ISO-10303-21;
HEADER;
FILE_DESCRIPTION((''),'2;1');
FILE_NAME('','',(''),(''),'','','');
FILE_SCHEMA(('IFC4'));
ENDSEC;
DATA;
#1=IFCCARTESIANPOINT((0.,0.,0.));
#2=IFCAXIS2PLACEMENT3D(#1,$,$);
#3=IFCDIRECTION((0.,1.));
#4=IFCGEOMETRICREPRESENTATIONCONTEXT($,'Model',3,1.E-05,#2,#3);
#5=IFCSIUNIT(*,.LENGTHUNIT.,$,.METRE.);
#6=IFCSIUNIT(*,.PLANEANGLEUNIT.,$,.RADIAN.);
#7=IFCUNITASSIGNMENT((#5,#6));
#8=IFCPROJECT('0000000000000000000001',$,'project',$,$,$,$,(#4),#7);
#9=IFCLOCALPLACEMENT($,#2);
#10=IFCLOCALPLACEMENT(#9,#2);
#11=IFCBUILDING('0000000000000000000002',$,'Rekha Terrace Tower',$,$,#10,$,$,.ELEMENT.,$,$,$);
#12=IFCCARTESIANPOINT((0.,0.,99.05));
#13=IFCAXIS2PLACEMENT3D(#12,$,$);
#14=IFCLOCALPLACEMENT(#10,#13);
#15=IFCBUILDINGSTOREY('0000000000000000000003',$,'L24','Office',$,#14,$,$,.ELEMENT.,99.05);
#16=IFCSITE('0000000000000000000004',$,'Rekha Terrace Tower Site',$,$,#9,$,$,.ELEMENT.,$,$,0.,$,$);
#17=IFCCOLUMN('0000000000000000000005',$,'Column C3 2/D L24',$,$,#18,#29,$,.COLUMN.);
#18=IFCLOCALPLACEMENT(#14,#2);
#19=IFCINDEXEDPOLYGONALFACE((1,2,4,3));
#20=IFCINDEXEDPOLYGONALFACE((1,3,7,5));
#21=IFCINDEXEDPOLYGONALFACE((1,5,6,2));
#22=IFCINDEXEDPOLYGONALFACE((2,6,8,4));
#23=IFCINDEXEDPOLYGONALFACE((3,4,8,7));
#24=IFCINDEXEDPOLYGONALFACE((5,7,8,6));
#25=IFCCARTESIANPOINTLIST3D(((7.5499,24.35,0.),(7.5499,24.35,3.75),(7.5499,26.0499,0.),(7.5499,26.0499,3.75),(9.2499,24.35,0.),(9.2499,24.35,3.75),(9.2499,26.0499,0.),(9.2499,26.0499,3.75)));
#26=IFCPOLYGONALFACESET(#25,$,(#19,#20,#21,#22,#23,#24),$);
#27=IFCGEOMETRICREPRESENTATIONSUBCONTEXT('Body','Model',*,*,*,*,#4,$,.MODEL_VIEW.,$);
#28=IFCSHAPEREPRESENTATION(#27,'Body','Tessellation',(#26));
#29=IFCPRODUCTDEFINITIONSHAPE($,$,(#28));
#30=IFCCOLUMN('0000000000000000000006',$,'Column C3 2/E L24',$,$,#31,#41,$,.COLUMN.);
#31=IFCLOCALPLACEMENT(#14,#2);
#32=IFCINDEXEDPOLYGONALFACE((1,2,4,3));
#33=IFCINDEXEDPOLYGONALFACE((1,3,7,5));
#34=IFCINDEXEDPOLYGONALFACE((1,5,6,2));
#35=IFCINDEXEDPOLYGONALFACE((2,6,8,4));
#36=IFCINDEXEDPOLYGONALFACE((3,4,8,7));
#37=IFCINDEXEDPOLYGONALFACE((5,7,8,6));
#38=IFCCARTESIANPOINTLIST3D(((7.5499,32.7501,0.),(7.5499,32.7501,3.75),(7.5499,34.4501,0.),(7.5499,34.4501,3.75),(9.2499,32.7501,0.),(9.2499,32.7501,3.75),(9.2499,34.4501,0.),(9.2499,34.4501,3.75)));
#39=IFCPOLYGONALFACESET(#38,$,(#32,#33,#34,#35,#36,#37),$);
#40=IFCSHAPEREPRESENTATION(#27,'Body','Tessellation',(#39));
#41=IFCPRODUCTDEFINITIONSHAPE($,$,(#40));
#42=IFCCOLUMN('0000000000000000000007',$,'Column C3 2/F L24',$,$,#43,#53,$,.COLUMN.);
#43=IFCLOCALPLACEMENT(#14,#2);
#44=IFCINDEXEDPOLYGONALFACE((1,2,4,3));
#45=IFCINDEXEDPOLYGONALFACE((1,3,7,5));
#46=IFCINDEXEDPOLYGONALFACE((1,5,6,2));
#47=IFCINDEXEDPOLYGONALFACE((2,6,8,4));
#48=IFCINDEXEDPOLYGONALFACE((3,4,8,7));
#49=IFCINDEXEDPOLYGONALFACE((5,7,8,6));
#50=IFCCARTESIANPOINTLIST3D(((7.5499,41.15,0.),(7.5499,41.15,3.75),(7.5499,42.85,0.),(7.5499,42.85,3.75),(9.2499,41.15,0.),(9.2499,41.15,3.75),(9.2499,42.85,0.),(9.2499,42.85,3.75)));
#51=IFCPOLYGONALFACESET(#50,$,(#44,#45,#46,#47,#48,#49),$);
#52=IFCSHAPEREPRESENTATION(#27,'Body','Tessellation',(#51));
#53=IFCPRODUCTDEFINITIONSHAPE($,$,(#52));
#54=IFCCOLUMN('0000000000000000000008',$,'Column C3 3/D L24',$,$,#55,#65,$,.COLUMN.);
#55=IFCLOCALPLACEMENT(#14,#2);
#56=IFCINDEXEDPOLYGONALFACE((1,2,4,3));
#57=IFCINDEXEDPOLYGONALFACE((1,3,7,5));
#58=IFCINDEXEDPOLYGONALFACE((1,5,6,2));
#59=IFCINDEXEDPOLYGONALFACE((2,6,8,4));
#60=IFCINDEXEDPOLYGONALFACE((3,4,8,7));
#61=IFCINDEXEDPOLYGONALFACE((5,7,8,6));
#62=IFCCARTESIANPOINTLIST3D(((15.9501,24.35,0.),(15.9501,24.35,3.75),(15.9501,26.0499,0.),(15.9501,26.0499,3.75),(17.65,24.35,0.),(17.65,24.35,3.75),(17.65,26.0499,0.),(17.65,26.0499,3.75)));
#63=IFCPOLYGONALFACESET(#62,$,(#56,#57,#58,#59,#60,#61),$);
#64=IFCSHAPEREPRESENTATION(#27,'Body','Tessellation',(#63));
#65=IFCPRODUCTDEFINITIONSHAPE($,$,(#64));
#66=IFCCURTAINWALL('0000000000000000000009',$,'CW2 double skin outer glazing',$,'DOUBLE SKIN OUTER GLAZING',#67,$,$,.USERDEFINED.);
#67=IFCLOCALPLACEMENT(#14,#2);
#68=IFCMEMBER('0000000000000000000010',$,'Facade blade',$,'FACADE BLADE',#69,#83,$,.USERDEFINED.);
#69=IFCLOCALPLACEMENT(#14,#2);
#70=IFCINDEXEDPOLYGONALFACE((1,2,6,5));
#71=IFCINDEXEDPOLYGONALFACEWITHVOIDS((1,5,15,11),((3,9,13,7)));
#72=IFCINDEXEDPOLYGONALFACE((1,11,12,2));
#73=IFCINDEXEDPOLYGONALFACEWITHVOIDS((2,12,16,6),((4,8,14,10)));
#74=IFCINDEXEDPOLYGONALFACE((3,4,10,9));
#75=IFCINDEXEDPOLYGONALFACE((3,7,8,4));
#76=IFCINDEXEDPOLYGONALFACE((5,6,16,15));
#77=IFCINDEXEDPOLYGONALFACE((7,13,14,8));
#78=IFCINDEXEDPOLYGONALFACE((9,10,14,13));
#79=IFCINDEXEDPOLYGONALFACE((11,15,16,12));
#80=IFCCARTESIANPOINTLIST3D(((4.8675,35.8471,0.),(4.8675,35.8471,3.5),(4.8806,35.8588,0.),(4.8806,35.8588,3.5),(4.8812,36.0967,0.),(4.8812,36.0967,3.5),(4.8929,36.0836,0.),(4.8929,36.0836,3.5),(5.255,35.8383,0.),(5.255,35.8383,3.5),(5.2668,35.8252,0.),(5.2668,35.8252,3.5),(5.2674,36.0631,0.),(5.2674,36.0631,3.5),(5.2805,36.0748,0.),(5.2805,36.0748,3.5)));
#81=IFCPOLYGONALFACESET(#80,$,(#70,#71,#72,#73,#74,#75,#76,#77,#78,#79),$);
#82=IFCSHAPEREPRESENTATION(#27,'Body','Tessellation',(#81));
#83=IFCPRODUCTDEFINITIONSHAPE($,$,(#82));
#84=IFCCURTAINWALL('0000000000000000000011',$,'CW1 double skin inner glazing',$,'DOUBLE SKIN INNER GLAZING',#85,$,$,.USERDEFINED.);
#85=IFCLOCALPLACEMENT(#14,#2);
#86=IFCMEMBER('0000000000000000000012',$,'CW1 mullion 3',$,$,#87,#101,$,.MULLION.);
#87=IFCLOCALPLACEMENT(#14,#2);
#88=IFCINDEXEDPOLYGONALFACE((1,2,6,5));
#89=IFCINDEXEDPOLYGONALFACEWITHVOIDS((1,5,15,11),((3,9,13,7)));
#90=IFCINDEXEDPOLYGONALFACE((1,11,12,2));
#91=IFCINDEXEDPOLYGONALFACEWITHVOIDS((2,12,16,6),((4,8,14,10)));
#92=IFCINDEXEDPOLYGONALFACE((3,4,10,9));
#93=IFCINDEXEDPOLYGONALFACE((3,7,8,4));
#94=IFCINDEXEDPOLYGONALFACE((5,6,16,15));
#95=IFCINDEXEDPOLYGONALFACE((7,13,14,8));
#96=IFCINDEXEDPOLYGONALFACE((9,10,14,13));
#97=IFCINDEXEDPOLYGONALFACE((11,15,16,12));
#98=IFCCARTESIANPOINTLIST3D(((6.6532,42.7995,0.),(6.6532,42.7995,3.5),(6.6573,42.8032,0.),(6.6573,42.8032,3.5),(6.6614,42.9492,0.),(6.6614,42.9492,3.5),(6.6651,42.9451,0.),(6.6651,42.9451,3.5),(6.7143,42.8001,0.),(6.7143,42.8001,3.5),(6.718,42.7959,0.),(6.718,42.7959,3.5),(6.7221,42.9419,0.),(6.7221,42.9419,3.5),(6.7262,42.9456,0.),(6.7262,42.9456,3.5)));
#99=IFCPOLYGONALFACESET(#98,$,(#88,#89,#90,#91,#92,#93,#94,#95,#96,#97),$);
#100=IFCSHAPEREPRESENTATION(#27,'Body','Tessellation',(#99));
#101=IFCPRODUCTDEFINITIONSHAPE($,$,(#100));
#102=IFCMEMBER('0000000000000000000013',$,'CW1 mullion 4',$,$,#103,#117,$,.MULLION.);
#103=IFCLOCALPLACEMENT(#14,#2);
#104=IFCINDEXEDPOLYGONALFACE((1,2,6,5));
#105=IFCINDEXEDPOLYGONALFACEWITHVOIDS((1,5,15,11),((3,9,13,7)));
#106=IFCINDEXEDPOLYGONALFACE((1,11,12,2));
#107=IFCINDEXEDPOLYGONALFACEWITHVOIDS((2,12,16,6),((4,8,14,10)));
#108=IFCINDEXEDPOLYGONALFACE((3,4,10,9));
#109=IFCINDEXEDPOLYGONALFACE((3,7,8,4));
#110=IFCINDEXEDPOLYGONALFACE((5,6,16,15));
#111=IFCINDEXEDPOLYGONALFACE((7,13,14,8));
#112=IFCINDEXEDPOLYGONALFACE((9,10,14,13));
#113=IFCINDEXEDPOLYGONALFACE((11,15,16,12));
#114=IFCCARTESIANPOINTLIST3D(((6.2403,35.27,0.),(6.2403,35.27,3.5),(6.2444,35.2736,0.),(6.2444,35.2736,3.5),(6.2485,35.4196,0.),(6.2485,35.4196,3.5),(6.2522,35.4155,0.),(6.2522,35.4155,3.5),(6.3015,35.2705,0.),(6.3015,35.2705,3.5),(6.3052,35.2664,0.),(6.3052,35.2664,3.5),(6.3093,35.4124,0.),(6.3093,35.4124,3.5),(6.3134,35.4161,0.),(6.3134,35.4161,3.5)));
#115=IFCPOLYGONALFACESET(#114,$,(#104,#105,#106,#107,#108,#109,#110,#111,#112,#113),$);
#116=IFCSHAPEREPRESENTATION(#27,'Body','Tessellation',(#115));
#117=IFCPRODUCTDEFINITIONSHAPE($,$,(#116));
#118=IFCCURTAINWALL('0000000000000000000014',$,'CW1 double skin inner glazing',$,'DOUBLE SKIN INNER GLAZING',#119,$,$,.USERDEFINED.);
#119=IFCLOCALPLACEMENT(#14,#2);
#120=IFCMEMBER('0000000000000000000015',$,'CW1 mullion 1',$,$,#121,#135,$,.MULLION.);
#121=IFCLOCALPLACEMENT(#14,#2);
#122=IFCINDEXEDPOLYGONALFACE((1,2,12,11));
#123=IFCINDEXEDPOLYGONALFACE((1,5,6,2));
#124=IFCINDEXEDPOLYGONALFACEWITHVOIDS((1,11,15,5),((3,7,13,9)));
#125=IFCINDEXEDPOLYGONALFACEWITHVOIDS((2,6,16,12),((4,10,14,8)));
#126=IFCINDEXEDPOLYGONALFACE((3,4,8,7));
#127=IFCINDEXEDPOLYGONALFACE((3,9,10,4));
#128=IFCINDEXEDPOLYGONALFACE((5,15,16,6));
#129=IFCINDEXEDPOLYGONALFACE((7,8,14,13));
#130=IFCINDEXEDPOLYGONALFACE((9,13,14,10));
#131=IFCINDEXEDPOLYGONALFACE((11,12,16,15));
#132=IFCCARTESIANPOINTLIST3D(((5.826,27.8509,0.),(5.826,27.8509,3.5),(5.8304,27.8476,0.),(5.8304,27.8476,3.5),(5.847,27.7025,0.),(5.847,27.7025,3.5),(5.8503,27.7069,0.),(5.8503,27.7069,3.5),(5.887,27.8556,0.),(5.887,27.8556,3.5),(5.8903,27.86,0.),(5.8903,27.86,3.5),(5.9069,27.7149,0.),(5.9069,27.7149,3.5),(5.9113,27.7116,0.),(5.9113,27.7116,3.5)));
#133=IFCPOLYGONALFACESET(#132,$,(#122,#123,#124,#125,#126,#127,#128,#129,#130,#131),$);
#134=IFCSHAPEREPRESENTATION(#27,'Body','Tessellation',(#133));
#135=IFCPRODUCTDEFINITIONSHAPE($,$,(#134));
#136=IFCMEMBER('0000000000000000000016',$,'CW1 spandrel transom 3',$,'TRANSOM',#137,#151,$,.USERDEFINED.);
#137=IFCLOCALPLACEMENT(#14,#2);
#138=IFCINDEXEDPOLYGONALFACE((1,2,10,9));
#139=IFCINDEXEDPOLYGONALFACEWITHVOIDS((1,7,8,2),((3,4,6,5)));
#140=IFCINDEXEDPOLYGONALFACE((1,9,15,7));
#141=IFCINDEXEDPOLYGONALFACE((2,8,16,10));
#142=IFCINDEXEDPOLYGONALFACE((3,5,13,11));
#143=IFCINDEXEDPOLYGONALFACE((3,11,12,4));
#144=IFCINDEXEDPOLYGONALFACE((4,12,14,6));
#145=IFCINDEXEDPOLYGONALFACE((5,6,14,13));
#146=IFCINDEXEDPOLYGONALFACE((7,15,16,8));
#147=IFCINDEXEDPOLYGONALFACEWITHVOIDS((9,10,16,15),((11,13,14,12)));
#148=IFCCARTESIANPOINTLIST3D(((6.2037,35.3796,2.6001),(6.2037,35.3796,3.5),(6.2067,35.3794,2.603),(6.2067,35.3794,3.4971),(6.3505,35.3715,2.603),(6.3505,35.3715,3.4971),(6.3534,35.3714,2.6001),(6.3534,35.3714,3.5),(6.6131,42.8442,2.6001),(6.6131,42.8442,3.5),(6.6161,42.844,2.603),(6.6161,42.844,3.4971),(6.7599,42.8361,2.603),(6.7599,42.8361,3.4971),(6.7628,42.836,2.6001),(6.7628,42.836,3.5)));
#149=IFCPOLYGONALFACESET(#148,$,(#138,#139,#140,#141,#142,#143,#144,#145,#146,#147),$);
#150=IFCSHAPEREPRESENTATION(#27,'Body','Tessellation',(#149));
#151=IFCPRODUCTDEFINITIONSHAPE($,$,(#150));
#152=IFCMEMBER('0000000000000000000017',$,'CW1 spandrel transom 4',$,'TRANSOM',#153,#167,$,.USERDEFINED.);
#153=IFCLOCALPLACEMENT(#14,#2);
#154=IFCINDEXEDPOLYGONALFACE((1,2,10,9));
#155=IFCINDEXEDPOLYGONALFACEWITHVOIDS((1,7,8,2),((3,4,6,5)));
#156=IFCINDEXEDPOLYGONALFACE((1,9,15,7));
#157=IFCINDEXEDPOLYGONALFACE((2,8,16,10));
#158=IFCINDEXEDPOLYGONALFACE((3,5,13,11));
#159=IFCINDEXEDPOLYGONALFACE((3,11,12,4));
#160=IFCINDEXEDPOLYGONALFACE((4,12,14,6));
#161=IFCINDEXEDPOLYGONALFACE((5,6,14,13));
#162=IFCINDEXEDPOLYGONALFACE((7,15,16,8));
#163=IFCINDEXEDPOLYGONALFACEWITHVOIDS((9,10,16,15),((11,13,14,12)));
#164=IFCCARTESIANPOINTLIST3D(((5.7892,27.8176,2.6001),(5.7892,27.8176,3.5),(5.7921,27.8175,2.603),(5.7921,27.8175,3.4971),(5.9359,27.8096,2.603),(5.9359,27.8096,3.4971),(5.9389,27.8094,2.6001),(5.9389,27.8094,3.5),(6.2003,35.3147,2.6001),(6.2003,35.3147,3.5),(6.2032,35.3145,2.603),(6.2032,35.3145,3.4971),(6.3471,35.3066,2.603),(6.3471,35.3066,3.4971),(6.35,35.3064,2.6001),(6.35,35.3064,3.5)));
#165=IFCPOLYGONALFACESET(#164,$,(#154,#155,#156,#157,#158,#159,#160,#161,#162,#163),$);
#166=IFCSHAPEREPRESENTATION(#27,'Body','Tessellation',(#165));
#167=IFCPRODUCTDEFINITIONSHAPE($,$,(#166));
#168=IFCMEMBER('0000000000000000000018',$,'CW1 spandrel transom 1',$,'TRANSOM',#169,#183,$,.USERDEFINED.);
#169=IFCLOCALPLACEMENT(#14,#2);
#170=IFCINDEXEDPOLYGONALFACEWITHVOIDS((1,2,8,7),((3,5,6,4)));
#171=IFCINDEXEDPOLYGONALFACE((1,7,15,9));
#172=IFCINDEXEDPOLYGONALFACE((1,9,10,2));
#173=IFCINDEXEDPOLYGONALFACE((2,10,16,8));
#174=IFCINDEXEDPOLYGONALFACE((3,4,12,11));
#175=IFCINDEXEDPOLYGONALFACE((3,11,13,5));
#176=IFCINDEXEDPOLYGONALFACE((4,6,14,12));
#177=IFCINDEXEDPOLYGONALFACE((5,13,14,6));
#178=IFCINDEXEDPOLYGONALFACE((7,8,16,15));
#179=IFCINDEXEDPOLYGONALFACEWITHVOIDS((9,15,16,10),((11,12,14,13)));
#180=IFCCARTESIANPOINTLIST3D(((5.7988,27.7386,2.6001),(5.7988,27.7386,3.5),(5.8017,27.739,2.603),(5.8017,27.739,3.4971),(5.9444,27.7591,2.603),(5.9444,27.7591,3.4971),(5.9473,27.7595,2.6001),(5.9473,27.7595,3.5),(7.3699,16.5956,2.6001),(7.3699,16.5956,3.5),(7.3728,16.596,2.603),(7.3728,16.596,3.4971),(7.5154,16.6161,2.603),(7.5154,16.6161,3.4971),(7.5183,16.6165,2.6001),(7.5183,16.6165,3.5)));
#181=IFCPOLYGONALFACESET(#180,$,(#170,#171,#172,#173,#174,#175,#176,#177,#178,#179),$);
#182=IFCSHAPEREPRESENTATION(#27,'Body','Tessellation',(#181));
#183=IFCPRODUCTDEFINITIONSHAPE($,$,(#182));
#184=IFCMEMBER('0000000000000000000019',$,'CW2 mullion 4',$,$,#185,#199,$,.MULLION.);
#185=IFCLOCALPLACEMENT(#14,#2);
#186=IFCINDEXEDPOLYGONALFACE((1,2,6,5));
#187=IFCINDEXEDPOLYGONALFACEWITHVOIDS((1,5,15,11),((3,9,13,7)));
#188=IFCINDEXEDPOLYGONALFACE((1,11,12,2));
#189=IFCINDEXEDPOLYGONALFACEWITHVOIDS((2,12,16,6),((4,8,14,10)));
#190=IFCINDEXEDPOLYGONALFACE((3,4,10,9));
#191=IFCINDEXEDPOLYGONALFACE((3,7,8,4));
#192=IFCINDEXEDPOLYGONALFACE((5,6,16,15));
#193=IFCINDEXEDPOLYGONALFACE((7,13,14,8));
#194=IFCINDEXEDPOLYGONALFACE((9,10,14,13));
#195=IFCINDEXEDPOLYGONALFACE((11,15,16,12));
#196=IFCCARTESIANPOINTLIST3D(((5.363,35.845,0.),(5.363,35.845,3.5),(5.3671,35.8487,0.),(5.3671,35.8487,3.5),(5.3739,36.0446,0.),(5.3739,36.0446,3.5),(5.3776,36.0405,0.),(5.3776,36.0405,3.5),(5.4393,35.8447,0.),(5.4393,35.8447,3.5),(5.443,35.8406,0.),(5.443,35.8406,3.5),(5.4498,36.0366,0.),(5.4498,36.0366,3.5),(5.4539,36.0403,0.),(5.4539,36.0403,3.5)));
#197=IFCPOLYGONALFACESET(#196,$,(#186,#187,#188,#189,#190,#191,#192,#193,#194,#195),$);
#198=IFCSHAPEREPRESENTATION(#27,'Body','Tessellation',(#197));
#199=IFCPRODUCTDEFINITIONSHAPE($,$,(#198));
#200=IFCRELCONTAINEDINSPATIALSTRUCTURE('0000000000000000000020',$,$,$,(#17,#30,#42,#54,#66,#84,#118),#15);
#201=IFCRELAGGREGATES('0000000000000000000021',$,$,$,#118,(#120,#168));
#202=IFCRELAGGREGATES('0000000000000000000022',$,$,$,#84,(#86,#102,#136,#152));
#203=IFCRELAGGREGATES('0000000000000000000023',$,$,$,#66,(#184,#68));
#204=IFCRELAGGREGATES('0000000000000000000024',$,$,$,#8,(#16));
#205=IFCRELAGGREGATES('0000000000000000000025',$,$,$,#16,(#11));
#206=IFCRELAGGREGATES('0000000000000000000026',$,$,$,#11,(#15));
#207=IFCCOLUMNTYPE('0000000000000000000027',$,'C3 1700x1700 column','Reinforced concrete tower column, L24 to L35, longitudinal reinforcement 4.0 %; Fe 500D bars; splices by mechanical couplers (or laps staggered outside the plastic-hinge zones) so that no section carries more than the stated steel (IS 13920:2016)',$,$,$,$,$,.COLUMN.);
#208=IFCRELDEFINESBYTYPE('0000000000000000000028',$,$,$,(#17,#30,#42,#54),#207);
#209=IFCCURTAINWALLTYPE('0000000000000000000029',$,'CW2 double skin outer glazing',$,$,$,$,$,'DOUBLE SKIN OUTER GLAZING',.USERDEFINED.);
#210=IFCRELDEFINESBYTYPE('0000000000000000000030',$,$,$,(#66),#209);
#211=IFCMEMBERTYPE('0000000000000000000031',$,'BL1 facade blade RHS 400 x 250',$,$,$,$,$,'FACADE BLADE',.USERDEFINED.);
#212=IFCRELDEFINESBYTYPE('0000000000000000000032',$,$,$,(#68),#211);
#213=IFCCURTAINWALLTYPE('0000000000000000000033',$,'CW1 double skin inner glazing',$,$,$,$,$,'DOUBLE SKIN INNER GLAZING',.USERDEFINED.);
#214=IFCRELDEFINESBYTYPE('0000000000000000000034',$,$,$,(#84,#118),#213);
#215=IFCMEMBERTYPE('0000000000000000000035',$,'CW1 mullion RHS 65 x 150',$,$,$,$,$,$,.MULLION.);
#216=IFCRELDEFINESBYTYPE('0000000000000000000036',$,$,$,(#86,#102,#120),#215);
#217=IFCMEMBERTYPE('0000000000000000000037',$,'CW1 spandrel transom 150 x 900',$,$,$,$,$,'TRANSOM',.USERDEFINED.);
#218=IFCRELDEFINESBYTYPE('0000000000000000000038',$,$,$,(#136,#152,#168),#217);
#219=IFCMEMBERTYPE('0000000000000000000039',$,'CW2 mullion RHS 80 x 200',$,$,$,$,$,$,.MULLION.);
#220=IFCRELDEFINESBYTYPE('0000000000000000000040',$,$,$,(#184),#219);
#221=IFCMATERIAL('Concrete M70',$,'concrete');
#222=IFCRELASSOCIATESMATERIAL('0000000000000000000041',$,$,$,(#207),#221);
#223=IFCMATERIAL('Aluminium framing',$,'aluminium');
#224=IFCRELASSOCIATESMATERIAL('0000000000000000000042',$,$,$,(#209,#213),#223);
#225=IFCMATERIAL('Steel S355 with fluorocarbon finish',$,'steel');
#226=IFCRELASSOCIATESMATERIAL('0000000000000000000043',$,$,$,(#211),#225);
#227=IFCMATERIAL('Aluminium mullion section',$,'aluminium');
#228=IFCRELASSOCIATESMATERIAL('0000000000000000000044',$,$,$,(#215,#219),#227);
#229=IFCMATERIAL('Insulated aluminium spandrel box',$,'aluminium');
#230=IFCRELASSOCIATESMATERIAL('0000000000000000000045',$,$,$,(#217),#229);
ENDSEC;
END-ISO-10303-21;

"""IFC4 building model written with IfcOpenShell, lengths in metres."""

from ifc_helpers import new_model, si_unit, direction, frame, origin, origin_2d, place, context, subcontext, project, spatial, rectangle, hollow_rectangle, extrude, material, material_profile, profile_set, type_object, element, aggregate, save


model = new_model("IFC4")

# Units and contexts
model_context = context("Model", 3, precision=1e-05, world=origin(), true_north=direction((0.0, 1.0)))
body_context = subcontext(model_context, "Body", "Model", "MODEL_VIEW")
ifc_project = project(units=[si_unit("LENGTHUNIT", "METRE"), si_unit("PLANEANGLEUNIT", "RADIAN")], contexts=[model_context])

# Site, building, storey
site_placement = place(None, origin())
site = spatial("IfcSite", under=ifc_project, at=site_placement, Name="Rekha Terrace Tower Site", CompositionType="ELEMENT", RefElevation=0.0)
building_placement = place(site_placement, origin())
building = spatial("IfcBuilding", under=site, at=building_placement, Name="Rekha Terrace Tower", CompositionType="ELEMENT")
storey_placement = place(building_placement, frame((0.0, 0.0, 99.05)))
storey = spatial("IfcBuildingStorey", under=building, at=storey_placement, Name="L24", Description="Office", CompositionType="ELEMENT", Elevation=99.05)

# Columns
ifc_material_1 = material(Name="Concrete M70", Category="concrete")
ifc_material_profile_1 = material_profile(ifc_material_1, rectangle(XDim=1.7, YDim=1.7, at=origin_2d()), Name="RC 1700x1700")
ifc_profile_set_1 = profile_set([ifc_material_profile_1], Name="Concrete M70")
column_type = type_object("IfcColumnType", Name="C3 1700x1700 column", Description="Reinforced concrete tower column, L24 to L35, longitudinal reinforcement 4.0 %; Fe 500D bars; splices by mechanical couplers (or laps staggered outside the plastic-hinge zones) so that no section carries more than the stated steel (IS 13920:2016)", PredefinedType="COLUMN", material=ifc_profile_set_1)
for number, where, z_axis, x_axis, name in (
    (1, (8.3999, 25.2, 0.0), (0.0, 0.0, 1.0), (1.0, 0.0, 0.0), "Column C3 2/D L24"),
    (2, (8.3999, 33.6001, 0.0), (0.0, 0.0, 1.0), (1.0, 0.0, 0.0), "Column C3 2/E L24"),
    (3, (8.3999, 42.0, 0.0), (0.0, 0.0, 1.0), (1.0, 0.0, 0.0), "Column C3 2/F L24"),
    (4, (16.8, 25.2, 0.0), (0.0, 0.0, 1.0), (1.0, 0.0, 0.0), "Column C3 3/D L24"),
):
    element("IfcColumn", number, at=place(storey_placement, frame(where, z_axis=z_axis, x_axis=x_axis)), inside=storey, type_object=column_type, Name=name, PredefinedType="COLUMN", context=body_context, shape_type="SweptSolid", body=[
        extrude(rectangle(XDim=1.7, YDim=1.7, at=origin_2d()), origin(), (0.0, 0.0, 1.0), 3.75),
    ])

# Curtain wall, member
ifc_material_2 = material(Name="Aluminium framing", Category="aluminium")
curtain_wall_type_1 = type_object("IfcCurtainWallType", Name="CW2 double skin outer glazing", ElementType="DOUBLE SKIN OUTER GLAZING", PredefinedType="USERDEFINED", material=ifc_material_2)
curtain_wall_1_placement = place(storey_placement, origin())
curtain_wall_1 = element("IfcCurtainWall", 5, at=curtain_wall_1_placement, inside=storey, type_object=curtain_wall_type_1, Name="CW2 double skin outer glazing", ObjectType="DOUBLE SKIN OUTER GLAZING", PredefinedType="USERDEFINED")
ifc_material_3 = material(Name="Steel S355 with fluorocarbon finish", Category="steel")
ifc_material_profile_2 = material_profile(ifc_material_3, hollow_rectangle(XDim=0.25, YDim=0.3999, WallThickness=0.0125, at=origin_2d()), Name="RHS400x250x12.5")
ifc_profile_set_2 = profile_set([ifc_material_profile_2], Name="Steel S355 with fluorocarbon finish")
member_type_1 = type_object("IfcMemberType", Name="BL1 facade blade RHS 400 x 250", ElementType="FACADE BLADE", PredefinedType="USERDEFINED", material=ifc_profile_set_2)
member_1_placement = place(storey_placement, frame((5.074, 35.9609, 0.0), z_axis=(0.0, 0.0, 1.0), x_axis=(-0.054743, -0.9985, 0.0)))
member_1 = element("IfcMember", 6, at=member_1_placement, type_object=member_type_1, Name="Facade blade", ObjectType="FACADE BLADE", PredefinedType="USERDEFINED", context=body_context, shape_type="SweptSolid", body=[
    extrude(hollow_rectangle(XDim=0.25, YDim=0.3999, WallThickness=0.0125, at=origin_2d()), origin(), (0.0, 0.0, 1.0), 3.5),
])

# Curtain wall, members
curtain_wall_type_2 = type_object("IfcCurtainWallType", Name="CW1 double skin inner glazing", ElementType="DOUBLE SKIN INNER GLAZING", PredefinedType="USERDEFINED", material=ifc_material_2)
curtain_wall_2_placement = place(storey_placement, origin())
curtain_wall_2 = element("IfcCurtainWall", 7, at=curtain_wall_2_placement, inside=storey, type_object=curtain_wall_type_2, Name="CW1 double skin inner glazing", ObjectType="DOUBLE SKIN INNER GLAZING", PredefinedType="USERDEFINED")
ifc_material_4 = material(Name="Aluminium mullion section", Category="aluminium")
ifc_material_profile_3 = material_profile(ifc_material_4, hollow_rectangle(XDim=0.0649, YDim=0.1499, WallThickness=0.0039, at=origin_2d()), Name="AL RHS 65x150")
ifc_profile_set_3 = profile_set([ifc_material_profile_3], Name="Aluminium mullion section")
member_type_2 = type_object("IfcMemberType", Name="CW1 mullion RHS 65 x 150", PredefinedType="MULLION", material=ifc_profile_set_3)
member_2_placement = place(storey_placement, frame((6.6897, 42.8726, 0.0), z_axis=(0.0, 0.0, 1.0), x_axis=(0.998501, -0.054742, 0.0)))
member_2 = element("IfcMember", 8, at=member_2_placement, type_object=member_type_2, Name="CW1 mullion 3", PredefinedType="MULLION", context=body_context, shape_type="SweptSolid", body=[
    extrude(hollow_rectangle(XDim=0.0649, YDim=0.1499, WallThickness=0.0039, at=origin_2d()), origin(), (0.0, 0.0, 1.0), 3.5),
])
member_3_placement = place(storey_placement, frame((6.2769, 35.343, 0.0), z_axis=(0.0, 0.0, 1.0), x_axis=(0.998501, -0.054742, 0.0)))
member_3 = element("IfcMember", 9, at=member_3_placement, type_object=member_type_2, Name="CW1 mullion 4", PredefinedType="MULLION", context=body_context, shape_type="SweptSolid", body=[
    extrude(hollow_rectangle(XDim=0.0649, YDim=0.1499, WallThickness=0.0039, at=origin_2d()), origin(), (0.0, 0.0, 1.0), 3.5),
])

# Curtain wall, member
curtain_wall_3_placement = place(storey_placement, origin())
curtain_wall_3 = element("IfcCurtainWall", 10, at=curtain_wall_3_placement, inside=storey, type_object=curtain_wall_type_2, Name="CW1 double skin inner glazing", ObjectType="DOUBLE SKIN INNER GLAZING", PredefinedType="USERDEFINED")
member_4_placement = place(storey_placement, frame((5.8687, 27.7812, 0.0), z_axis=(0.0, 0.0, 1.0), x_axis=(0.990208, 0.139597, 0.0)))
member_4 = element("IfcMember", 11, at=member_4_placement, type_object=member_type_2, Name="CW1 mullion 1", PredefinedType="MULLION", context=body_context, shape_type="SweptSolid", body=[
    extrude(hollow_rectangle(XDim=0.0649, YDim=0.1499, WallThickness=0.0039, at=origin_2d()), origin(), (0.0, 0.0, 1.0), 3.5),
])

# Members
ifc_material_5 = material(Name="Insulated aluminium spandrel box", Category="aluminium")
ifc_material_profile_4 = material_profile(ifc_material_5, hollow_rectangle(XDim=0.1499, YDim=0.8999, WallThickness=0.0029, at=origin_2d()), Name="AL SPANDREL BOX 150x900")
ifc_profile_set_4 = profile_set([ifc_material_profile_4], Name="Insulated aluminium spandrel box")
member_type_3 = type_object("IfcMemberType", Name="CW1 spandrel transom 150 x 900", ElementType="TRANSOM", PredefinedType="USERDEFINED", material=ifc_profile_set_4)
member_5_placement = place(storey_placement, frame((6.688, 42.8401, 3.05), z_axis=(-0.054766, -0.998499, 0.0), x_axis=(0.998499, -0.054766, 0.0)))
member_5 = element("IfcMember", 12, at=member_5_placement, type_object=member_type_3, Name="CW1 spandrel transom 3", ObjectType="TRANSOM", PredefinedType="USERDEFINED", context=body_context, shape_type="SweptSolid", body=[
    extrude(hollow_rectangle(XDim=0.1499, YDim=0.8999, WallThickness=0.0029, at=origin_2d()), origin(), (0.0, 0.0, 1.0), 7.4758),
])
member_6_placement = place(storey_placement, frame((6.2751, 35.3105, 3.05), z_axis=(-0.054757, -0.9985, 0.0), x_axis=(0.9985, -0.054757, 0.0)))
member_6 = element("IfcMember", 13, at=member_6_placement, type_object=member_type_3, Name="CW1 spandrel transom 4", ObjectType="TRANSOM", PredefinedType="USERDEFINED", context=body_context, shape_type="SweptSolid", body=[
    extrude(hollow_rectangle(XDim=0.1499, YDim=0.8999, WallThickness=0.0029, at=origin_2d()), origin(), (0.0, 0.0, 1.0), 7.5083),
])
member_7_placement = place(storey_placement, frame((5.873, 27.749, 3.05), z_axis=(0.139608, -0.990207, 0.0), x_axis=(0.990207, 0.139608, 0.0)))
member_7 = element("IfcMember", 14, at=member_7_placement, type_object=member_type_3, Name="CW1 spandrel transom 1", ObjectType="TRANSOM", PredefinedType="USERDEFINED", context=body_context, shape_type="SweptSolid", body=[
    extrude(hollow_rectangle(XDim=0.1499, YDim=0.8999, WallThickness=0.0029, at=origin_2d()), origin(), (0.0, 0.0, 1.0), 11.2532),
])
aggregate(curtain_wall_3, [member_4, member_7])
ifc_material_profile_5 = material_profile(ifc_material_4, hollow_rectangle(XDim=0.0801, YDim=0.2, WallThickness=0.0039, at=origin_2d()), Name="AL RHS 80x200")
ifc_profile_set_5 = profile_set([ifc_material_profile_5], Name="Aluminium mullion section")
member_type_4 = type_object("IfcMemberType", Name="CW2 mullion RHS 80 x 200", PredefinedType="MULLION", material=ifc_profile_set_5)
member_8_placement = place(storey_placement, frame((5.4084, 35.9426, 0.0), z_axis=(0.0, 0.0, 1.0), x_axis=(0.998501, -0.054742, 0.0)))
member_8 = element("IfcMember", 15, at=member_8_placement, type_object=member_type_4, Name="CW2 mullion 4", PredefinedType="MULLION", context=body_context, shape_type="SweptSolid", body=[
    extrude(hollow_rectangle(XDim=0.0801, YDim=0.2, WallThickness=0.0039, at=origin_2d()), origin(), (0.0, 0.0, 1.0), 3.5),
])

aggregate(curtain_wall_2, [member_2, member_3, member_5, member_6])
aggregate(curtain_wall_1, [member_8, member_1])

save(model, "model.ifc")
